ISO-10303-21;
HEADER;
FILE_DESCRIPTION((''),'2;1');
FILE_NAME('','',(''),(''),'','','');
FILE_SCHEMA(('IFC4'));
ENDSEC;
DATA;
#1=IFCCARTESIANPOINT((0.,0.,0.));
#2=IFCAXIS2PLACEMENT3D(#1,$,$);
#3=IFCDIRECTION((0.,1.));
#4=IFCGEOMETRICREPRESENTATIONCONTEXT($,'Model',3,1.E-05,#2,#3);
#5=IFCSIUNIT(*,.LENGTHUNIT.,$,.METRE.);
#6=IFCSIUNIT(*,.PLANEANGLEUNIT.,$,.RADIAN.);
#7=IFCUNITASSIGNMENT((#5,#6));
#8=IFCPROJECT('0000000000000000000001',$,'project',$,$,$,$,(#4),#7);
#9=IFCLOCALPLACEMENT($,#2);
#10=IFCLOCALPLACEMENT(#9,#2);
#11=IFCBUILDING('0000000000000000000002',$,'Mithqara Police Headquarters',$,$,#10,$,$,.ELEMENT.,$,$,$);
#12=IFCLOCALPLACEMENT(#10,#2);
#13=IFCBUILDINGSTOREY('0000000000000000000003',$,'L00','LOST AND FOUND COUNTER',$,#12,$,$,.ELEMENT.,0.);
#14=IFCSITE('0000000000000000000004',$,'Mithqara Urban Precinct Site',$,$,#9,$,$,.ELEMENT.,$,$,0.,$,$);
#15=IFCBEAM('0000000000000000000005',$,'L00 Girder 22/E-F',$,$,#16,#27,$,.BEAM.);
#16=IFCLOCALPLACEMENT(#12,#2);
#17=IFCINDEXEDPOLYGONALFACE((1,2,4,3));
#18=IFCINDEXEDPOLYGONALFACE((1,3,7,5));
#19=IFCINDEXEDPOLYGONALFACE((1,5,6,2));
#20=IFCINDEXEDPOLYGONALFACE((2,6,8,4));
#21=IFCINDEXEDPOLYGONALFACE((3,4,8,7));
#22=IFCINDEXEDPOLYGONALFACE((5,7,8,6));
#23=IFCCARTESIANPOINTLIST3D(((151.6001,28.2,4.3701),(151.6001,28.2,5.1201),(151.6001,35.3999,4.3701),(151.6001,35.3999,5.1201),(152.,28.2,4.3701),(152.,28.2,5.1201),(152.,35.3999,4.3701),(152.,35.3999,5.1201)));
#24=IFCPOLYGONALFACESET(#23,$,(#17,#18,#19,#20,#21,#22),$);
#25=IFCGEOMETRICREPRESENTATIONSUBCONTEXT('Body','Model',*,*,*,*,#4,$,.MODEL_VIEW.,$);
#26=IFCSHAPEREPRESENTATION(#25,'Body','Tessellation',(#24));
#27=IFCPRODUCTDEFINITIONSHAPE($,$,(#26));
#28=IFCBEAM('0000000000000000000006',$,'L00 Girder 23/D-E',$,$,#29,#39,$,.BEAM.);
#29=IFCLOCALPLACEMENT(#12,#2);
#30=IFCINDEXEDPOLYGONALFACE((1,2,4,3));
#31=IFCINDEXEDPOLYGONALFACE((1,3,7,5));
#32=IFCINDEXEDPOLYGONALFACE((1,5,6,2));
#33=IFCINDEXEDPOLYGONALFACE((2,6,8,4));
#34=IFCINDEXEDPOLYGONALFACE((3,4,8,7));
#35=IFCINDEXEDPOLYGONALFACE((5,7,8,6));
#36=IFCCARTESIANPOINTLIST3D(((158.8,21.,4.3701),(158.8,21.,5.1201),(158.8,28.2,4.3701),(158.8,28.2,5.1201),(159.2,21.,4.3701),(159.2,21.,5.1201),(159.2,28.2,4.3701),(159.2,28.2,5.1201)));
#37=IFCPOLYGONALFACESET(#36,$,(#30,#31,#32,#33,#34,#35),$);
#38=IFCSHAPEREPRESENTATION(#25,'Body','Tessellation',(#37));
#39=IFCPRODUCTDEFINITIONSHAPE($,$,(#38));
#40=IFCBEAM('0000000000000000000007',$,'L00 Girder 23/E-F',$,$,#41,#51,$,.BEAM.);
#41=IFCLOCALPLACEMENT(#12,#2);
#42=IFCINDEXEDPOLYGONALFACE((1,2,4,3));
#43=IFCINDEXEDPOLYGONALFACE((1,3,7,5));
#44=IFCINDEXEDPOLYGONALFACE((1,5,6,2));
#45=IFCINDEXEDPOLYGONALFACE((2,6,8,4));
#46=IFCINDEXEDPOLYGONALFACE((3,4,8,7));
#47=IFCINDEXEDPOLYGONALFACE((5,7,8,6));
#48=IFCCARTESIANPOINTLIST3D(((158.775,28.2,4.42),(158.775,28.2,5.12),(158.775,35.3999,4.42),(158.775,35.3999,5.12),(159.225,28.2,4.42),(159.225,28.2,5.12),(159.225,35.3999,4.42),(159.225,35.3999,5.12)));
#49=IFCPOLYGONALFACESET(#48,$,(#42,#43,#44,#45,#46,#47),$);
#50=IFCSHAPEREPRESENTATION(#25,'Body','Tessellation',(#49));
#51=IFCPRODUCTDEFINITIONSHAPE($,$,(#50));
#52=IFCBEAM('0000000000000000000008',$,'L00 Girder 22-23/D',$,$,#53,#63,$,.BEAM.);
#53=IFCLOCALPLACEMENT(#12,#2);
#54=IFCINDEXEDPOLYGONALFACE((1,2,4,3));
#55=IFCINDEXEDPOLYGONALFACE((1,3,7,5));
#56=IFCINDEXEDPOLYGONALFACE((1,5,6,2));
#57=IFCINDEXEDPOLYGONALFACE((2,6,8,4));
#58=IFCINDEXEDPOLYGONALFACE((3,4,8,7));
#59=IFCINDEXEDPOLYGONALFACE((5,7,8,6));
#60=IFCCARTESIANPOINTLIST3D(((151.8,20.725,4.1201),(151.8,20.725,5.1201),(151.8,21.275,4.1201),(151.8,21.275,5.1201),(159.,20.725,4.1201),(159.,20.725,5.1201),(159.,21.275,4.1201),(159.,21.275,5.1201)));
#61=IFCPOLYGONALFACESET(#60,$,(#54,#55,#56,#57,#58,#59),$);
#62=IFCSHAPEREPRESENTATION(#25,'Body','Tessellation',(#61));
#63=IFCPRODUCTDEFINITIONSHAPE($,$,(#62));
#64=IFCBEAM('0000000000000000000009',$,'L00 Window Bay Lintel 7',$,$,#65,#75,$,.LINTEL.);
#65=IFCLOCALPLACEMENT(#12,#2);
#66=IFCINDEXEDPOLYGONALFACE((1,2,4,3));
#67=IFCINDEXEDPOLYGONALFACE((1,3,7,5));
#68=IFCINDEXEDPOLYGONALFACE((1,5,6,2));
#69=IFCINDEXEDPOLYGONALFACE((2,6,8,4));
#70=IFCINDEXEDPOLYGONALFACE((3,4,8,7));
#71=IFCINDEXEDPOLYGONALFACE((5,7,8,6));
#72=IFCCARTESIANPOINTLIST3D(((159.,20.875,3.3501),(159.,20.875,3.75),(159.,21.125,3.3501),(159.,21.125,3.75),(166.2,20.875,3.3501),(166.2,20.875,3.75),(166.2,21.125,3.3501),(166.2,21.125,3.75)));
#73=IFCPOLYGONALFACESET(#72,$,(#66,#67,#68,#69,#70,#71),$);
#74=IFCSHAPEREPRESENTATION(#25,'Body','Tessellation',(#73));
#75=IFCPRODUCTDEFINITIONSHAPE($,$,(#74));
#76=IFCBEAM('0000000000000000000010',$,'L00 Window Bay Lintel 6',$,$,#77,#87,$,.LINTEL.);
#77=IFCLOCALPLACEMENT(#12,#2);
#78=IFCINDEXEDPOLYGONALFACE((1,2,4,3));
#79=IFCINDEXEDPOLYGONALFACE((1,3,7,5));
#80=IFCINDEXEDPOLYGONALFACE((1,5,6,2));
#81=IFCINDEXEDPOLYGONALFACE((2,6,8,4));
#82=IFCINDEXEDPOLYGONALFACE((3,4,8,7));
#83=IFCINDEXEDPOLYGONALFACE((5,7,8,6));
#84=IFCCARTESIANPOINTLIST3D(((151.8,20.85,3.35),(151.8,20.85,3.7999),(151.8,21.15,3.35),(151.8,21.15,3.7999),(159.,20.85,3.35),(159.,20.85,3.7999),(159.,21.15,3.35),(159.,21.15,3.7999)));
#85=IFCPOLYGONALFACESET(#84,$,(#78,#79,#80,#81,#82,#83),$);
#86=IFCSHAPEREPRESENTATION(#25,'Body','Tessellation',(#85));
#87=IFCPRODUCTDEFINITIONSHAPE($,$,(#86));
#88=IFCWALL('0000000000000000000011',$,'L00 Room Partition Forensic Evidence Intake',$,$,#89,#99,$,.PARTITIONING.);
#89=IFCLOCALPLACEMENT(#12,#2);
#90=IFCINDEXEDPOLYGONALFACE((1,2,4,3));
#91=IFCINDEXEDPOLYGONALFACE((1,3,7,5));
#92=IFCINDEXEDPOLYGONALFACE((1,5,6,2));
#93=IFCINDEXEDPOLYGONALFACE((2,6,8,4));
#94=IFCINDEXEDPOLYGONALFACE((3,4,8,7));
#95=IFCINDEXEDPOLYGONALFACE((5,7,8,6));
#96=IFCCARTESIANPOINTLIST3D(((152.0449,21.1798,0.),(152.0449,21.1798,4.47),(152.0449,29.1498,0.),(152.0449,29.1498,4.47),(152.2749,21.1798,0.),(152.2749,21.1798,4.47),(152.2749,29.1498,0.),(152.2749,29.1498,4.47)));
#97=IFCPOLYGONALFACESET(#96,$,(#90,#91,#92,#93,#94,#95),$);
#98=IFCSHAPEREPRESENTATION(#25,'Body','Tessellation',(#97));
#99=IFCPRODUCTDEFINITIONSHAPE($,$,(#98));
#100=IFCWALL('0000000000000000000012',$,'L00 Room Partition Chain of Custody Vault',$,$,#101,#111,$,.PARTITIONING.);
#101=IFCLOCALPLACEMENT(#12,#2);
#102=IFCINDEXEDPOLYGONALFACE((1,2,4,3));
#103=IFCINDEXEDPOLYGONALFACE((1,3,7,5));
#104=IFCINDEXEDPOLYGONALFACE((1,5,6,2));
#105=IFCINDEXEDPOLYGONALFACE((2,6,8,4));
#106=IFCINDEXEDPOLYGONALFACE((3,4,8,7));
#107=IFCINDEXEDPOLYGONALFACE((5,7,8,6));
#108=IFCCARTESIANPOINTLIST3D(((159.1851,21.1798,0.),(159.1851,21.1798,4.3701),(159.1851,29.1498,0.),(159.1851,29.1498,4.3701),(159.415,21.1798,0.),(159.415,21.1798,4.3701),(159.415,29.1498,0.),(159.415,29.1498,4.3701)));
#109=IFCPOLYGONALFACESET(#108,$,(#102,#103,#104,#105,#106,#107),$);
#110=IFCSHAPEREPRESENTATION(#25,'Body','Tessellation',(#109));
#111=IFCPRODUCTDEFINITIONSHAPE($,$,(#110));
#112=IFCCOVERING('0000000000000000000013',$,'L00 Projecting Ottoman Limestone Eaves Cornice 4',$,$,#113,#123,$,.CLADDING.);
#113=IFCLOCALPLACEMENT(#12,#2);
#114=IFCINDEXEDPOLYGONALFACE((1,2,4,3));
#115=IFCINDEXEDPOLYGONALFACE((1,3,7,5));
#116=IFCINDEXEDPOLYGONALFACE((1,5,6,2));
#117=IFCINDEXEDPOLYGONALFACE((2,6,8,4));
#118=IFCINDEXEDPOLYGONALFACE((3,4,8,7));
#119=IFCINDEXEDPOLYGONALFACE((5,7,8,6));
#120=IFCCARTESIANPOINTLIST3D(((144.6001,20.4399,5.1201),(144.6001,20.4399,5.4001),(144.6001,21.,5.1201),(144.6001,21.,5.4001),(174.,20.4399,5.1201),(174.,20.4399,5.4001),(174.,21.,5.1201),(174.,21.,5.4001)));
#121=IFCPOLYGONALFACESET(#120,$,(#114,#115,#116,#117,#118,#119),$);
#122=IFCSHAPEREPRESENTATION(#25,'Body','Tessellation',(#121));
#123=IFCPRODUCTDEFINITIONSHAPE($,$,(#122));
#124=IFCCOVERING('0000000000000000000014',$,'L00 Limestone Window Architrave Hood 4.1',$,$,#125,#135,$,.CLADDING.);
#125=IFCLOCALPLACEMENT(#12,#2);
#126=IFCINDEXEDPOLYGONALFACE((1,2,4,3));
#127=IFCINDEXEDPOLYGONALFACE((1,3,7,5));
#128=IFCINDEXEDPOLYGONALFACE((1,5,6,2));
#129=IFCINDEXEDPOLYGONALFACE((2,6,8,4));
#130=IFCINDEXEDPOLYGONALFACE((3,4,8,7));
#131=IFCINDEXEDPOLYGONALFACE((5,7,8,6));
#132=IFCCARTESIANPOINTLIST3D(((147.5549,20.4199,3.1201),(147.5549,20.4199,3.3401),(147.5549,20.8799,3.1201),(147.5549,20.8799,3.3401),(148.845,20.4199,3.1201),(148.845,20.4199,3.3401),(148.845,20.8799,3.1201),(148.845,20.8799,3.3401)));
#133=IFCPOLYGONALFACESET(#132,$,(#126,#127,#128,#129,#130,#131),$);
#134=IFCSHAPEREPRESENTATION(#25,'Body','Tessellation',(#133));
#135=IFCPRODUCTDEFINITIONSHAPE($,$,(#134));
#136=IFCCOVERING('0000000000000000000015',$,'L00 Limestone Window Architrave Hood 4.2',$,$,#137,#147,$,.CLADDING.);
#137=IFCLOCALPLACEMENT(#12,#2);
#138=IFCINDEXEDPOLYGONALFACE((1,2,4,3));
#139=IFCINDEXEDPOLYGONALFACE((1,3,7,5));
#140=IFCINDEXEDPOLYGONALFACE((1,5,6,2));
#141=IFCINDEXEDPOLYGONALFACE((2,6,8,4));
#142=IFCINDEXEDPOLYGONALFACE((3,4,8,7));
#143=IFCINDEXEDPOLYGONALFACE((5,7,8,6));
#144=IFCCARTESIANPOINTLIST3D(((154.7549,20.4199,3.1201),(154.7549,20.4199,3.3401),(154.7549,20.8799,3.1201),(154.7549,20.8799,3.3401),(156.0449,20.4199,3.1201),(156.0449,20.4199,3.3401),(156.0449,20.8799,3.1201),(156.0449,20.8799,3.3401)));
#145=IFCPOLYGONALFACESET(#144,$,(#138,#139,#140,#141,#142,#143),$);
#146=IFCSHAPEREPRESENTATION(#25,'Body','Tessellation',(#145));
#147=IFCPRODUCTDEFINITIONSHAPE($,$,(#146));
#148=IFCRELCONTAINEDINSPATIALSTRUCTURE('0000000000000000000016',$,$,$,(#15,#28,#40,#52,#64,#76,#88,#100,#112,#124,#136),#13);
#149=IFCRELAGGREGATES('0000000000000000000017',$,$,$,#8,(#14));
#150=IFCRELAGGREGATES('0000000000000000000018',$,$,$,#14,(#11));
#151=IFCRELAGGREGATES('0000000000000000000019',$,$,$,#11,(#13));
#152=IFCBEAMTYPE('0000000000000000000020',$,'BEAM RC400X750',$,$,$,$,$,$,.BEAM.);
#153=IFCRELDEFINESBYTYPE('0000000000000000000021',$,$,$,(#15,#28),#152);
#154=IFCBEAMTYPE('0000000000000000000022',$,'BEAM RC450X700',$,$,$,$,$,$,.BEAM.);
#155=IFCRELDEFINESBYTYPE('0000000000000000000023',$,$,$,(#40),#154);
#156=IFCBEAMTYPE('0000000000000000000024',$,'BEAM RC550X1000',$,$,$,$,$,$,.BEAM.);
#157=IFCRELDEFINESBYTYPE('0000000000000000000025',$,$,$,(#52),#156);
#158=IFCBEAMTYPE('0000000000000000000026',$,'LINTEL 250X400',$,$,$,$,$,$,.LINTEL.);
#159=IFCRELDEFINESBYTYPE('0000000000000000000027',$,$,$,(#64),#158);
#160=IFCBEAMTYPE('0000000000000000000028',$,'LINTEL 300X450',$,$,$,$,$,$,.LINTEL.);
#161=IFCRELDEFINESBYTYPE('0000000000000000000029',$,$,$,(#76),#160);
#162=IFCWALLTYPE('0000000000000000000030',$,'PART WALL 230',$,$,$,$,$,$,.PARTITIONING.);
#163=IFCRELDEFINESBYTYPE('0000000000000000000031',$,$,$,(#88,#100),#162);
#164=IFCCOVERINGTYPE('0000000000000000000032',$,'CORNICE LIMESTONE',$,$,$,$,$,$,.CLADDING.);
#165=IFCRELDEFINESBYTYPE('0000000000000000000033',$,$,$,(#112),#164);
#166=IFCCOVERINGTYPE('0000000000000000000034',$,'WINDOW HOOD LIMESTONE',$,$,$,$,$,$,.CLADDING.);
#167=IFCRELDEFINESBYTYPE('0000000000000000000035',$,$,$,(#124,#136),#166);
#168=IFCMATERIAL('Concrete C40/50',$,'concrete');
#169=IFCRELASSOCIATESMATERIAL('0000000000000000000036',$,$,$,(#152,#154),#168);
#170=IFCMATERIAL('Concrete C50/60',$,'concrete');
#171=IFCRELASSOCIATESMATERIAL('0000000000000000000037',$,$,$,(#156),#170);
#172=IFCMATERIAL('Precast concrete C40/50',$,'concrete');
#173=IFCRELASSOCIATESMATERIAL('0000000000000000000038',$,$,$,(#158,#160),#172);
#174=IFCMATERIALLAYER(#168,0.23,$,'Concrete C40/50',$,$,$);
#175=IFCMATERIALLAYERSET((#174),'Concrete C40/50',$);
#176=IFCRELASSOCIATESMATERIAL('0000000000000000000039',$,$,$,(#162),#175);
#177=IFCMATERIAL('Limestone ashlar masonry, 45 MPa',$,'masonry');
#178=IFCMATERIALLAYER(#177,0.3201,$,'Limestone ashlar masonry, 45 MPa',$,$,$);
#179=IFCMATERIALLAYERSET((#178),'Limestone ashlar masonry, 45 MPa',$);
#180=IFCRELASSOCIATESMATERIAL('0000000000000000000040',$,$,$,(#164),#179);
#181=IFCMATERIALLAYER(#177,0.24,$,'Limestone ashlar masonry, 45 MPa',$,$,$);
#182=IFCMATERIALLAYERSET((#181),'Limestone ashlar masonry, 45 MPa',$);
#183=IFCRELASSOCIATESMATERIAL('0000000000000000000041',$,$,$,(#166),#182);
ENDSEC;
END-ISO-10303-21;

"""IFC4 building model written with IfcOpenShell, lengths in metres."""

from ifc_helpers import new_model, si_unit, direction, frame, frame_2d, origin, origin_2d, place, context, subcontext, project, spatial, rectangle, extrude, material, layer, layer_set, material_profile, profile_set, type_object, element, save


model = new_model("IFC4")

# Units and contexts
model_context = context("Model", 3, precision=1e-05, world=origin(), true_north=direction((0.0, 1.0)))
body_context = subcontext(model_context, "Body", "Model", "MODEL_VIEW")
ifc_project = project(units=[si_unit("LENGTHUNIT", "METRE"), si_unit("PLANEANGLEUNIT", "RADIAN")], contexts=[model_context])

# Site, building, storey
site_placement = place(None, origin())
site = spatial("IfcSite", under=ifc_project, at=site_placement, Name="Mithqara Urban Precinct Site", CompositionType="ELEMENT", RefElevation=0.0)
building_placement = place(site_placement, origin())
building = spatial("IfcBuilding", under=site, at=building_placement, Name="Mithqara Police Headquarters", CompositionType="ELEMENT")
storey_placement = place(building_placement, origin())
storey = spatial("IfcBuildingStorey", under=building, at=storey_placement, Name="L00", Description="LOST AND FOUND COUNTER", CompositionType="ELEMENT", Elevation=0.0)

# Shared definitions
ifc_material_1 = material(Name="Concrete C40/50", Category="concrete")

# Shared definitions
ifc_material_2 = material(Name="Concrete C50/60", Category="concrete")

# Beams
ifc_material_profile_1 = material_profile(ifc_material_1, rectangle(XDim=0.3999, YDim=0.75, at=origin_2d()), Name="RC 400x750")
ifc_profile_set_1 = profile_set([ifc_material_profile_1], Name="Concrete C40/50")
beam_type_1 = type_object("IfcBeamType", Name="BEAM RC400X750", PredefinedType="BEAM", material=ifc_profile_set_1)
for number, where, z_axis, x_axis, name in (
    (1, (151.8, 28.2, 4.7451), (0.0, 1.0, 0.0), (-1.0, 0.0, 0.0), "L00 Girder 22/E-F"),
    (2, (159.0, 21.0, 4.7451), (0.0, 1.0, 0.0), (-1.0, 0.0, 0.0), "L00 Girder 23/D-E"),
):
    element("IfcBeam", number, at=place(storey_placement, frame(where, z_axis=z_axis, x_axis=x_axis)), inside=storey, type_object=beam_type_1, Name=name, PredefinedType="BEAM", context=body_context, shape_type="SweptSolid", body=[
        extrude(rectangle(XDim=0.3999, YDim=0.75, at=origin_2d()), origin(), (0.0, 0.0, 1.0), 7.2),
    ])
ifc_material_profile_2 = material_profile(ifc_material_1, rectangle(XDim=0.45, YDim=0.7, at=origin_2d()), Name="RC 450x700")
ifc_profile_set_2 = profile_set([ifc_material_profile_2], Name="Concrete C40/50")
beam_type_2 = type_object("IfcBeamType", Name="BEAM RC450X700", PredefinedType="BEAM", material=ifc_profile_set_2)
beam_1_placement = place(storey_placement, frame((159.0, 28.2, 4.77), z_axis=(0.0, 1.0, 0.0), x_axis=(-1.0, 0.0, 0.0)))
element("IfcBeam", 3, at=beam_1_placement, inside=storey, type_object=beam_type_2, Name="L00 Girder 23/E-F", PredefinedType="BEAM", context=body_context, shape_type="SweptSolid", body=[
    extrude(rectangle(XDim=0.45, YDim=0.7, at=origin_2d()), origin(), (0.0, 0.0, 1.0), 7.2),
])
ifc_material_profile_3 = material_profile(ifc_material_2, rectangle(XDim=0.55, YDim=1.0, at=origin_2d()), Name="RC 550x1000")
ifc_profile_set_3 = profile_set([ifc_material_profile_3], Name="Concrete C50/60")
beam_type_3 = type_object("IfcBeamType", Name="BEAM RC550X1000", PredefinedType="BEAM", material=ifc_profile_set_3)
beam_2_placement = place(storey_placement, frame((151.8, 21.0, 4.6201), z_axis=(1.0, 0.0, 0.0), x_axis=(0.0, 1.0, 0.0)))
element("IfcBeam", 4, at=beam_2_placement, inside=storey, type_object=beam_type_3, Name="L00 Girder 22-23/D", PredefinedType="BEAM", context=body_context, shape_type="SweptSolid", body=[
    extrude(rectangle(XDim=0.55, YDim=1.0, at=origin_2d()), origin(), (0.0, 0.0, 1.0), 7.2),
])
ifc_material_3 = material(Name="Precast concrete C40/50", Category="concrete")
ifc_material_profile_4 = material_profile(ifc_material_3, rectangle(XDim=0.25, YDim=0.3999, at=origin_2d()), Name="LIN 250x400")
ifc_profile_set_4 = profile_set([ifc_material_profile_4], Name="Precast concrete C40/50")
beam_type_4 = type_object("IfcBeamType", Name="LINTEL 250X400", PredefinedType="LINTEL", material=ifc_profile_set_4)
beam_3_placement = place(storey_placement, frame((159.0, 21.0, 3.55), z_axis=(1.0, 0.0, 0.0), x_axis=(0.0, 1.0, 0.0)))
element("IfcBeam", 5, at=beam_3_placement, inside=storey, type_object=beam_type_4, Name="L00 Window Bay Lintel 7", PredefinedType="LINTEL", context=body_context, shape_type="SweptSolid", body=[
    extrude(rectangle(XDim=0.25, YDim=0.3999, at=origin_2d()), origin(), (0.0, 0.0, 1.0), 7.2),
])
ifc_material_profile_5 = material_profile(ifc_material_3, rectangle(XDim=0.3, YDim=0.45, at=origin_2d()), Name="LIN 300x450")
ifc_profile_set_5 = profile_set([ifc_material_profile_5], Name="Precast concrete C40/50")
beam_type_5 = type_object("IfcBeamType", Name="LINTEL 300X450", PredefinedType="LINTEL", material=ifc_profile_set_5)
beam_4_placement = place(storey_placement, frame((151.8, 21.0, 3.575), z_axis=(1.0, 0.0, 0.0), x_axis=(0.0, 1.0, 0.0)))
element("IfcBeam", 6, at=beam_4_placement, inside=storey, type_object=beam_type_5, Name="L00 Window Bay Lintel 6", PredefinedType="LINTEL", context=body_context, shape_type="SweptSolid", body=[
    extrude(rectangle(XDim=0.3, YDim=0.45, at=origin_2d()), origin(), (0.0, 0.0, 1.0), 7.2),
])

# Walls
ifc_layer_1 = layer(ifc_material_1, 0.23, Name="Concrete C40/50")
ifc_layer_set_1 = layer_set([ifc_layer_1], Name="Concrete C40/50")
wall_type = type_object("IfcWallType", Name="PART WALL 230", PredefinedType="PARTITIONING", material=ifc_layer_set_1)
wall_1_placement = place(storey_placement, frame((152.1599, 21.1799, 0.0), z_axis=(0.0, 0.0, 1.0), x_axis=(0.0, 1.0, 0.0)))
element("IfcWall", 7, at=wall_1_placement, inside=storey, type_object=wall_type, Name="L00 Room Partition Forensic Evidence Intake", PredefinedType="PARTITIONING", context=body_context, shape_type="SweptSolid", body=[
    extrude(rectangle(XDim=7.97, YDim=0.23, at=frame_2d((3.9849, 0.0))), origin(), (0.0, 0.0, 1.0), 4.47),
])
wall_2_placement = place(storey_placement, frame((159.3, 21.1799, 0.0), z_axis=(0.0, 0.0, 1.0), x_axis=(0.0, 1.0, 0.0)))
element("IfcWall", 8, at=wall_2_placement, inside=storey, type_object=wall_type, Name="L00 Room Partition Chain of Custody Vault", PredefinedType="PARTITIONING", context=body_context, shape_type="SweptSolid", body=[
    extrude(rectangle(XDim=7.97, YDim=0.23, at=frame_2d((3.9849, 0.0))), origin(), (0.0, 0.0, 1.0), 4.3701),
])

# Coverings
ifc_material_4 = material(Name="Limestone ashlar masonry, 45 MPa", Category="masonry")
ifc_layer_2 = layer(ifc_material_4, 0.3201, Name="Limestone ashlar masonry, 45 MPa")
ifc_layer_set_2 = layer_set([ifc_layer_2], Name="Limestone ashlar masonry, 45 MPa")
covering_type_1 = type_object("IfcCoveringType", Name="CORNICE LIMESTONE", PredefinedType="CLADDING", material=ifc_layer_set_2)
covering_placement = place(storey_placement, frame((159.3, 20.72, 5.1201), z_axis=(0.0, 0.0, 1.0), x_axis=(1.0, 0.0, 0.0)))
element("IfcCovering", 9, at=covering_placement, inside=storey, type_object=covering_type_1, Name="L00 Projecting Ottoman Limestone Eaves Cornice 4", PredefinedType="CLADDING", context=body_context, shape_type="SweptSolid", body=[
    extrude(rectangle(XDim=29.3999, YDim=0.5601, at=origin_2d()), origin(), (0.0, 0.0, 1.0), 0.28),
])
ifc_layer_3 = layer(ifc_material_4, 0.24, Name="Limestone ashlar masonry, 45 MPa")
ifc_layer_set_3 = layer_set([ifc_layer_3], Name="Limestone ashlar masonry, 45 MPa")
covering_type_2 = type_object("IfcCoveringType", Name="WINDOW HOOD LIMESTONE", PredefinedType="CLADDING", material=ifc_layer_set_3)
for number, where, z_axis, x_axis, name in (
    (10, (148.2, 20.6499, 3.1201), (0.0, 0.0, 1.0), (1.0, 0.0, 0.0), "L00 Limestone Window Architrave Hood 4.1"),
    (11, (155.3999, 20.6499, 3.1201), (0.0, 0.0, 1.0), (1.0, 0.0, 0.0), "L00 Limestone Window Architrave Hood 4.2"),
):
    element("IfcCovering", number, at=place(storey_placement, frame(where, z_axis=z_axis, x_axis=x_axis)), inside=storey, type_object=covering_type_2, Name=name, PredefinedType="CLADDING", context=body_context, shape_type="SweptSolid", body=[
        extrude(rectangle(XDim=1.29, YDim=0.46, at=origin_2d()), origin(), (0.0, 0.0, 1.0), 0.22),
    ])

save(model, "model.ifc")
